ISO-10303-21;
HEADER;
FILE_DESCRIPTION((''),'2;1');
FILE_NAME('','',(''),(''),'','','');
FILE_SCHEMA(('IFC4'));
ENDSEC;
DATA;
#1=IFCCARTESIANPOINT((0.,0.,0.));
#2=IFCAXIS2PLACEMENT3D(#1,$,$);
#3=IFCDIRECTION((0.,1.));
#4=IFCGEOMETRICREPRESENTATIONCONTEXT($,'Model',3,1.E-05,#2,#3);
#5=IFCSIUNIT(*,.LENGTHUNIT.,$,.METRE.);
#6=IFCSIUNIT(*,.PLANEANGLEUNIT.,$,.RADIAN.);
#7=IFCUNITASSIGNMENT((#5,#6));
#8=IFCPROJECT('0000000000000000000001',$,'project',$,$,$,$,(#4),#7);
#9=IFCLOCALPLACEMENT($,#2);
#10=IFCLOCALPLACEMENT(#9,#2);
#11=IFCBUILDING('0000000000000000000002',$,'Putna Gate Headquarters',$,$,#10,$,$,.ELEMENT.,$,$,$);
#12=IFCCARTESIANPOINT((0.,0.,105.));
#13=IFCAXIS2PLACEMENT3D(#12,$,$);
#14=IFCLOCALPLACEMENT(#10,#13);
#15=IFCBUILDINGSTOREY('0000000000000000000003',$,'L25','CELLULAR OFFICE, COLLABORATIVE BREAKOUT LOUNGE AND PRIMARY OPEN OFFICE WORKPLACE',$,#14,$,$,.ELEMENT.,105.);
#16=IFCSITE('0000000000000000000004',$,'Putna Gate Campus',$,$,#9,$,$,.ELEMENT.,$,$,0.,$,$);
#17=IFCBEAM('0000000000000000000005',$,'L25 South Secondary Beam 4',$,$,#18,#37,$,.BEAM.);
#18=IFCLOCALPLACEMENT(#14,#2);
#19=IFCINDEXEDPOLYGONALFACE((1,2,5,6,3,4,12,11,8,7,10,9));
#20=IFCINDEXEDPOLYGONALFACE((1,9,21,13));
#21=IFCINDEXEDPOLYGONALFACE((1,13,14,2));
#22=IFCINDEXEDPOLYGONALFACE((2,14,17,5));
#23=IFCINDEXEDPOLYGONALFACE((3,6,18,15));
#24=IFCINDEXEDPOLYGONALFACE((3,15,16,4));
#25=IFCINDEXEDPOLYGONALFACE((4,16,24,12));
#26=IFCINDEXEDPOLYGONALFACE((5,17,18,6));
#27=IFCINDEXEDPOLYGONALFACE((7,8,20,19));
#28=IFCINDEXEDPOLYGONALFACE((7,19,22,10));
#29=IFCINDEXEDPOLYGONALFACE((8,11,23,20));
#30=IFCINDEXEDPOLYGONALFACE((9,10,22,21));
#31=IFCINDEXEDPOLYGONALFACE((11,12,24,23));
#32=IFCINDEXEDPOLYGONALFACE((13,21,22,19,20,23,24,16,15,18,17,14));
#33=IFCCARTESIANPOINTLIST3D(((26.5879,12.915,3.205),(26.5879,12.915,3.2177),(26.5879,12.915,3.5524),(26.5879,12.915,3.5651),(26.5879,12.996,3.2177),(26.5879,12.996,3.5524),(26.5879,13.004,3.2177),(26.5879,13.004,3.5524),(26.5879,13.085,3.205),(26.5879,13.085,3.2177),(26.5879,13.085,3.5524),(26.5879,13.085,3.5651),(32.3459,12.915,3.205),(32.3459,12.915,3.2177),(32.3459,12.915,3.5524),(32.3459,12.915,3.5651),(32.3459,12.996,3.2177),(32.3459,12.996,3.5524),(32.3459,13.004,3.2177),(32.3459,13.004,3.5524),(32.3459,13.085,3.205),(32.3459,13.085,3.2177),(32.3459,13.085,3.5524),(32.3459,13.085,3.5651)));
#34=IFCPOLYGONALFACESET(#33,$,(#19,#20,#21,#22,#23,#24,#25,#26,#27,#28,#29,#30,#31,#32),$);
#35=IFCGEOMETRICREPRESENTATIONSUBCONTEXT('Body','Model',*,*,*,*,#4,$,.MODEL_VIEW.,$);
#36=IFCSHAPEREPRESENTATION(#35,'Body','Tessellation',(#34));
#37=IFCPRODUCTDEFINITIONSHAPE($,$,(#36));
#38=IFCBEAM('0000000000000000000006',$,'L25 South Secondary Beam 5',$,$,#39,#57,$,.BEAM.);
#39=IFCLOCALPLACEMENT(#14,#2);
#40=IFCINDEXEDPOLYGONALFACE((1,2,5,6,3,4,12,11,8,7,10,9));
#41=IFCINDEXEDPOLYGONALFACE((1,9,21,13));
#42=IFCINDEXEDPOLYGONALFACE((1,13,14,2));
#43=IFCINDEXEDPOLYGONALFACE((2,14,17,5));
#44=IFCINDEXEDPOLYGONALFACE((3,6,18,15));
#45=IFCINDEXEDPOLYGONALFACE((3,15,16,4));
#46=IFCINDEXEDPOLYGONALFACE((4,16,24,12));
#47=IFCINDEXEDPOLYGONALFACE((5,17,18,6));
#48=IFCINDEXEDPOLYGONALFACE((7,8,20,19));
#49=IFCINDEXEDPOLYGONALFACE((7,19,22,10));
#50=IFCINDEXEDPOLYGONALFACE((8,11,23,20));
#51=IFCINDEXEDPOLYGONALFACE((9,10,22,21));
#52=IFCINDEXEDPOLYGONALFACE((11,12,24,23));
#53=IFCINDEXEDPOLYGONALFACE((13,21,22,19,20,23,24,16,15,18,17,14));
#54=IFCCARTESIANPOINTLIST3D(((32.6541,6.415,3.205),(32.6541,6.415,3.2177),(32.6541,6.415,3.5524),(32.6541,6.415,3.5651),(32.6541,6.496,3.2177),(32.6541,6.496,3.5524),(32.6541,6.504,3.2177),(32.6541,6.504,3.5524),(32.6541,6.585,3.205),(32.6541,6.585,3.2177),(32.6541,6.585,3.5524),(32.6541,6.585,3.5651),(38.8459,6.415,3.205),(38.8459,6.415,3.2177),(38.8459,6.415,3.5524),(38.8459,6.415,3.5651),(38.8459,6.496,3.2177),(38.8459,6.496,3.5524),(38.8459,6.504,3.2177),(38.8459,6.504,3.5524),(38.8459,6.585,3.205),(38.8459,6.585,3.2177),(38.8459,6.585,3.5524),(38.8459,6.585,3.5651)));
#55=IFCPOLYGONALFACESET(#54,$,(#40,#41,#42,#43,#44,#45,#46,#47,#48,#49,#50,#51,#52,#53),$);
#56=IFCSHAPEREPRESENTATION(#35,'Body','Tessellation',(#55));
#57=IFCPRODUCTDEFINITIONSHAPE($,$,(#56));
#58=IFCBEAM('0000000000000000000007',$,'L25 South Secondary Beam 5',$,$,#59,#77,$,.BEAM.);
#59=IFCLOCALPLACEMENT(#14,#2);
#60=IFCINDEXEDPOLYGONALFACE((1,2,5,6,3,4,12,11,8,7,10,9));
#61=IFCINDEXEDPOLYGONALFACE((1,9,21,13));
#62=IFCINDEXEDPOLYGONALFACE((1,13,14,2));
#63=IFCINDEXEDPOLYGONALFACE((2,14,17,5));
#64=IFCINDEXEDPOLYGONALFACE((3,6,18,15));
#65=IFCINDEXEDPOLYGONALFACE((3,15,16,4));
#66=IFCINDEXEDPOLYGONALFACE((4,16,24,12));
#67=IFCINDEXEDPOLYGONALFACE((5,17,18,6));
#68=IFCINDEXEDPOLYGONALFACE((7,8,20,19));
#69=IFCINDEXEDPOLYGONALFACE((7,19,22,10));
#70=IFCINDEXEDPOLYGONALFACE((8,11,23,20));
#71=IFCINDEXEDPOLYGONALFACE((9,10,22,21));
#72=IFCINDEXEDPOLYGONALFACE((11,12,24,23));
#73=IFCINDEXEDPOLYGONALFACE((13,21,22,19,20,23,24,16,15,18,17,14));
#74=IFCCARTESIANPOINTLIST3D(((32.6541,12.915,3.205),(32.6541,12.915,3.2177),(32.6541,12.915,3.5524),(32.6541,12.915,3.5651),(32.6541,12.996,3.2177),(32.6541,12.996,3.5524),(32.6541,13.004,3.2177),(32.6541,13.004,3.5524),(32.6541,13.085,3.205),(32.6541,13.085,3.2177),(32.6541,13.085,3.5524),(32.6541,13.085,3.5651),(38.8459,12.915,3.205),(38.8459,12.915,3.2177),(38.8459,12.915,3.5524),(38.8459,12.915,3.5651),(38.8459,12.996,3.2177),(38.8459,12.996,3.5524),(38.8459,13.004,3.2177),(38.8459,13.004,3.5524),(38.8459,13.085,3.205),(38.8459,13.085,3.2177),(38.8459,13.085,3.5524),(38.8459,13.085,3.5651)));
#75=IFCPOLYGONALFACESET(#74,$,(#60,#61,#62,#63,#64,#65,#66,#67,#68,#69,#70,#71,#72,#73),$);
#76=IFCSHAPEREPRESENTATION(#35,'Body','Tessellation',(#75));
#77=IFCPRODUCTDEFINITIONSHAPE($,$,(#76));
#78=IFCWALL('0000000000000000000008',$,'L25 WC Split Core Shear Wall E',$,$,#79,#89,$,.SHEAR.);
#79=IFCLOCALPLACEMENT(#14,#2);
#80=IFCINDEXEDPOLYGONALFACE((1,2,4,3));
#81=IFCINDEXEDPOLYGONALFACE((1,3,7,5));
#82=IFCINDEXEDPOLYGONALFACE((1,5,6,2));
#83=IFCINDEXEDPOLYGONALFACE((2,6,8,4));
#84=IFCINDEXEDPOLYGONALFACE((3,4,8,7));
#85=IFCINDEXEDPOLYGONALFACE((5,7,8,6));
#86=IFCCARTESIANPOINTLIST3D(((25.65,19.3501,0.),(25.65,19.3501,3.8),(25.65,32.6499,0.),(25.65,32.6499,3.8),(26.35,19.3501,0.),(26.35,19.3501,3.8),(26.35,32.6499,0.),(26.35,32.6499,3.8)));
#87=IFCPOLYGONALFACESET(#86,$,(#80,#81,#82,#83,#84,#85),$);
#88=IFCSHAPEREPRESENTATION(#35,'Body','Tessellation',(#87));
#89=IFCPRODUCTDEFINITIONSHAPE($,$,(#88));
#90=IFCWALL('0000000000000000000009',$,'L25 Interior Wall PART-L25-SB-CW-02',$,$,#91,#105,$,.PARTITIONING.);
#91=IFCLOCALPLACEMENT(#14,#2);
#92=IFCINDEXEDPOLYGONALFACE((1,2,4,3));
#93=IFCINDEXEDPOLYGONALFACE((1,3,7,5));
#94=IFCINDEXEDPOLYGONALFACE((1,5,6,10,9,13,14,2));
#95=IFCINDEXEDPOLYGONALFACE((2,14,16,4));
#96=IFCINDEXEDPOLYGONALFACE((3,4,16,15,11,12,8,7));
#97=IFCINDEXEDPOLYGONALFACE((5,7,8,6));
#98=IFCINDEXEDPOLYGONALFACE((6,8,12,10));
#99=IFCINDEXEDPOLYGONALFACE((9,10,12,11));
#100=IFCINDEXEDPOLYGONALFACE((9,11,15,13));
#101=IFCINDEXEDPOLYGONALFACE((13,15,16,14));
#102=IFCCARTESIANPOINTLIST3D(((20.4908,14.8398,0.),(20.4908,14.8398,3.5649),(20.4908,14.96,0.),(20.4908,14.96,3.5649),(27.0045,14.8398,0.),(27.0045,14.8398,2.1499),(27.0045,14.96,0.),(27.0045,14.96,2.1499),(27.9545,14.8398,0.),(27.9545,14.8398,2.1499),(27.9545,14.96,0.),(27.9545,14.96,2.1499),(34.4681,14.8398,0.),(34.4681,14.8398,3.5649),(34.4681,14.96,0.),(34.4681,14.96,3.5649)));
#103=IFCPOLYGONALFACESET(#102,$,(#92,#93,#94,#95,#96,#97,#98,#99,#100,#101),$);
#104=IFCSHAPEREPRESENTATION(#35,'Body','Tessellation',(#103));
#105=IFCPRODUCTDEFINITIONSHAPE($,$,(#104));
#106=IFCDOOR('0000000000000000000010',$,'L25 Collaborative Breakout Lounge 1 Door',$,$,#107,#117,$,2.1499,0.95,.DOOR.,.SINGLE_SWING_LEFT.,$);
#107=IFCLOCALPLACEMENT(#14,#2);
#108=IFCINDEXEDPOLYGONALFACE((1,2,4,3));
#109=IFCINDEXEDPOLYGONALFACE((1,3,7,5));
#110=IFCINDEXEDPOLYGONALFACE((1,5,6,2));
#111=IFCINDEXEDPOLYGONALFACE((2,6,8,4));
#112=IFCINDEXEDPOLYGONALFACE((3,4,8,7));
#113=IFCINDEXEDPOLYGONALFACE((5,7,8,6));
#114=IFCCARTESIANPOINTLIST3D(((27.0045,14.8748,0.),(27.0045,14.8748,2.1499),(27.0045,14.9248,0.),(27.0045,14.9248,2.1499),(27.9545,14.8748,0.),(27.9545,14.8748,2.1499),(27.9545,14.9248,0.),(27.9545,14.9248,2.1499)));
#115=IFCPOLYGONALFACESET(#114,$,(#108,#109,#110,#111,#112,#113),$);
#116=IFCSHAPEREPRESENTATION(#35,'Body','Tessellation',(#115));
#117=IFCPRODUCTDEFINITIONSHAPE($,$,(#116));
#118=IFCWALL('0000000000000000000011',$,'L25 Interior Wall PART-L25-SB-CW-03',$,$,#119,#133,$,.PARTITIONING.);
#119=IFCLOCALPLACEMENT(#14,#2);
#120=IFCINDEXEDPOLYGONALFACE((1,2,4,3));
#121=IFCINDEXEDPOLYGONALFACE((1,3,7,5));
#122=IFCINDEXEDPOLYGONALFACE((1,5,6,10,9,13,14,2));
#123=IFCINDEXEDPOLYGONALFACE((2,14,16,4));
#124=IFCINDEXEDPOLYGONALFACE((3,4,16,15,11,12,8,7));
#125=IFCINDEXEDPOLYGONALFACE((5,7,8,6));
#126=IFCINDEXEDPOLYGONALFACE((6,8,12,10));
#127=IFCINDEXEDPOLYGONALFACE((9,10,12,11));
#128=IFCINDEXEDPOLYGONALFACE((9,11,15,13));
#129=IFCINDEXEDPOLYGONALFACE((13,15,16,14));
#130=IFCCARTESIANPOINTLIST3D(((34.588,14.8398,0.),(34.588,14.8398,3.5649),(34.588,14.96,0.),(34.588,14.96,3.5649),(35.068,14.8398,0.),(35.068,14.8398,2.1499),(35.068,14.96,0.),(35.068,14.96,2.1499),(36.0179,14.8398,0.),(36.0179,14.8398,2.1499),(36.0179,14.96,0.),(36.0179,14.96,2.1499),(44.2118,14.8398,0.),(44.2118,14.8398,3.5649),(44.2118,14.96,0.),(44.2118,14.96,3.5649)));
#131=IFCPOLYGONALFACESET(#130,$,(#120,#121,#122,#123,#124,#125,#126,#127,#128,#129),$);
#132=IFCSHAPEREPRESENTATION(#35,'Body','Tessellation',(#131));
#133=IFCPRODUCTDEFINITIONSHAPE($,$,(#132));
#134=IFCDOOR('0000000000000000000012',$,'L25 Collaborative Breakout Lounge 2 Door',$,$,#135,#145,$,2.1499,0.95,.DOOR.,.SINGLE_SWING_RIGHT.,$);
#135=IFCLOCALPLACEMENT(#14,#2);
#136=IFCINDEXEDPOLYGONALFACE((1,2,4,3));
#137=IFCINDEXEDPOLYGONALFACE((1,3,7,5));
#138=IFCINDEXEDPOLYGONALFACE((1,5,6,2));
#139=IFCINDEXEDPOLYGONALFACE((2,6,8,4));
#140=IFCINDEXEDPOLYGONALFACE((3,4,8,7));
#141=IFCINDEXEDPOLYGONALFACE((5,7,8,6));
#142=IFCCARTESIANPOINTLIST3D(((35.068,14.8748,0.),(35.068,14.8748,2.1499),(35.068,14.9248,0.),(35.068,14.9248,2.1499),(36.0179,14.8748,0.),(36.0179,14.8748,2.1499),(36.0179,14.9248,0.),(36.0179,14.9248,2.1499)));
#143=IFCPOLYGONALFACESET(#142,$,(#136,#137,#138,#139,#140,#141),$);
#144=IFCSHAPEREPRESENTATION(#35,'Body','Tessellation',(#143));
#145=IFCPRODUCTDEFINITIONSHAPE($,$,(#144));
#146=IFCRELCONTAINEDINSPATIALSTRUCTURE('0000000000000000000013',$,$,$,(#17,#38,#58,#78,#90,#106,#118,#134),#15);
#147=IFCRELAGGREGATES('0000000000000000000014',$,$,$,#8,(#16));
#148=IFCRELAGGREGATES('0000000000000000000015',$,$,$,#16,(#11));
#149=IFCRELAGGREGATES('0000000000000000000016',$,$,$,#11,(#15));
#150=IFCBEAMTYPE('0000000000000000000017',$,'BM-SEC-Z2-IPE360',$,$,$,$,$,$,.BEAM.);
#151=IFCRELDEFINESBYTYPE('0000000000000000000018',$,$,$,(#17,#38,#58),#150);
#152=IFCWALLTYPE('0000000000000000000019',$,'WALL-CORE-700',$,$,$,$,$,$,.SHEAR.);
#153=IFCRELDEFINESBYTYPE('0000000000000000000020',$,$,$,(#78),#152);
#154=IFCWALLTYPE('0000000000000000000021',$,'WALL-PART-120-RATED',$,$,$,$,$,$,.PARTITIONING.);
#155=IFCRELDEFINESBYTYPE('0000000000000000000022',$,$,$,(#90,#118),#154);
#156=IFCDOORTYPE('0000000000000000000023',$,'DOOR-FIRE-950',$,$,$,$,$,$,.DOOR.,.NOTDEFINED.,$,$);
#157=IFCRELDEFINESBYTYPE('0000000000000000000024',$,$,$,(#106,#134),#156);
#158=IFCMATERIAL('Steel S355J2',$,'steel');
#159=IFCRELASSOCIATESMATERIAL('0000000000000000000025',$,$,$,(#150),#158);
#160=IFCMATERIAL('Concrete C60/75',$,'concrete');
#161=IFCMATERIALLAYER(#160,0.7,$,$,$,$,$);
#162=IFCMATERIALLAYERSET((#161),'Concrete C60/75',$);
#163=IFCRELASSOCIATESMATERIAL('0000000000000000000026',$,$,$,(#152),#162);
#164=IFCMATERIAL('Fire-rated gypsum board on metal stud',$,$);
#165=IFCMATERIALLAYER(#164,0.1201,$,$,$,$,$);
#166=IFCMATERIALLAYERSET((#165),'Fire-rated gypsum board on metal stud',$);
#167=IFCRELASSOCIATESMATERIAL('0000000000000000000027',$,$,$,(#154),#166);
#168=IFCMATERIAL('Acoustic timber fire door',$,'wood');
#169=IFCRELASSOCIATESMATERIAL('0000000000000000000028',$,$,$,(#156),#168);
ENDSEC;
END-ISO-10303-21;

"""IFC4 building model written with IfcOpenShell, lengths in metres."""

from ifc_helpers import new_model, si_unit, direction, frame, frame_2d, origin, origin_2d, place, context, subcontext, project, spatial, rectangle, i_section, extrude, material, layer, layer_set, material_profile, profile_set, type_object, element, fill, save


model = new_model("IFC4")

# Units and contexts
model_context = context("Model", 3, precision=1e-05, world=origin(), true_north=direction((0.0, 1.0)))
body_context = subcontext(model_context, "Body", "Model", "MODEL_VIEW")
ifc_project = project(units=[si_unit("LENGTHUNIT", "METRE"), si_unit("PLANEANGLEUNIT", "RADIAN")], contexts=[model_context])

# Site, building, storey
site_placement = place(None, origin())
site = spatial("IfcSite", under=ifc_project, at=site_placement, Name="Putna Gate Campus", CompositionType="ELEMENT", RefElevation=0.0)
building_placement = place(site_placement, origin())
building = spatial("IfcBuilding", under=site, at=building_placement, Name="Putna Gate Headquarters", CompositionType="ELEMENT")
storey_placement = place(building_placement, frame((0.0, 0.0, 105.0)))
storey = spatial("IfcBuildingStorey", under=building, at=storey_placement, Name="L25", Description="CELLULAR OFFICE, COLLABORATIVE BREAKOUT LOUNGE AND PRIMARY OPEN OFFICE WORKPLACE", CompositionType="ELEMENT", Elevation=105.0)

# Shared definitions
ifc_material_1 = material(Name="Concrete C60/75", Category="concrete")

# Beams
ifc_material_2 = material(Name="Steel S355J2", Category="steel")
ifc_material_profile_1 = material_profile(ifc_material_2, i_section(OverallWidth=0.1699, OverallDepth=0.3601, WebThickness=0.0081, FlangeThickness=0.0127, at=origin_2d()), Name="Steel S355J2")
ifc_profile_set_1 = profile_set([ifc_material_profile_1], Name="Steel S355J2")
beam_type_1 = type_object("IfcBeamType", Name="BM-SEC-Z2-IPE360", PredefinedType="BEAM", material=ifc_profile_set_1)
beam_1_placement = place(storey_placement, frame((26.5879, 13.0, 3.385), z_axis=(1.0, 0.0, 0.0), x_axis=(0.0, 1.0, 0.0)))
element("IfcBeam", 1, at=beam_1_placement, inside=storey, type_object=beam_type_1, Name="L25 South Secondary Beam 4", PredefinedType="BEAM", context=body_context, shape_type="SweptSolid", body=[
    extrude(i_section(OverallWidth=0.1699, OverallDepth=0.3601, WebThickness=0.0081, FlangeThickness=0.0127, at=origin_2d()), origin(), (0.0, 0.0, 1.0), 5.7581),
])
for number, where, z_axis, x_axis, name in (
    (2, (32.6541, 6.5, 3.385), (1.0, 0.0, 0.0), (0.0, 1.0, 0.0), "L25 South Secondary Beam 5"),
    (3, (32.6541, 13.0, 3.385), (1.0, 0.0, 0.0), (0.0, 1.0, 0.0), "L25 South Secondary Beam 5"),
):
    element("IfcBeam", number, at=place(storey_placement, frame(where, z_axis=z_axis, x_axis=x_axis)), inside=storey, type_object=beam_type_1, Name=name, PredefinedType="BEAM", context=body_context, shape_type="SweptSolid", body=[
        extrude(i_section(OverallWidth=0.1699, OverallDepth=0.3601, WebThickness=0.0081, FlangeThickness=0.0127, at=origin_2d()), origin(), (0.0, 0.0, 1.0), 6.1919),
    ])

# Wall
ifc_layer_1 = layer(ifc_material_1, 0.7)
ifc_layer_set_1 = layer_set([ifc_layer_1], Name="Concrete C60/75")
wall_type_1 = type_object("IfcWallType", Name="WALL-CORE-700", PredefinedType="SHEAR", material=ifc_layer_set_1)
wall_1_placement = place(storey_placement, frame((26.0, 19.3501, 0.0), z_axis=(0.0, 0.0, 1.0), x_axis=(0.0, 1.0, 0.0)))
element("IfcWall", 4, at=wall_1_placement, inside=storey, type_object=wall_type_1, Name="L25 WC Split Core Shear Wall E", PredefinedType="SHEAR", context=body_context, shape_type="SweptSolid", body=[
    extrude(rectangle(XDim=13.2998, YDim=0.7, at=frame_2d((6.6499, 0.0))), origin(), (0.0, 0.0, 1.0), 3.8),
])

# Walls, openings, doors
ifc_material_3 = material(Name="Fire-rated gypsum board on metal stud")
ifc_layer_2 = layer(ifc_material_3, 0.1201)
ifc_layer_set_2 = layer_set([ifc_layer_2], Name="Fire-rated gypsum board on metal stud")
wall_type_2 = type_object("IfcWallType", Name="WALL-PART-120-RATED", PredefinedType="PARTITIONING", material=ifc_layer_set_2)
wall_2_placement = place(storey_placement, frame((20.4907, 14.8999, 0.0), z_axis=(0.0, 0.0, 1.0), x_axis=(1.0, 0.0, 0.0)))
wall_2 = element("IfcWall", 5, at=wall_2_placement, inside=storey, type_object=wall_type_2, Name="L25 Interior Wall PART-L25-SB-CW-02", PredefinedType="PARTITIONING", context=body_context, shape_type="SweptSolid", body=[
    extrude(rectangle(XDim=13.9773, YDim=0.1201, at=frame_2d((6.9888, 0.0))), origin(), (0.0, 0.0, 1.0), 3.5649),
])
opening_1_placement = place(wall_2_placement, frame((6.5137, 0.0, 0.0)))
opening_1 = element("IfcOpeningElement", 6, at=opening_1_placement, cuts=wall_2, PredefinedType="OPENING", context=body_context, shape_type="SweptSolid", body=[
    extrude(rectangle(XDim=0.95, YDim=2.1499, at=frame_2d((0.4751, 1.075))), frame((0.0, 0.0701, 0.0), z_axis=(0.0, -1.0, 0.0), x_axis=(1.0, 0.0, 0.0)), (0.0, 0.0, 1.0), 0.1401),
])
ifc_material_4 = material(Name="Acoustic timber fire door", Category="wood")
door_type_1 = type_object("IfcDoorType", Name="DOOR-FIRE-950", OperationType="NOTDEFINED", PredefinedType="DOOR", material=ifc_material_4)
door_1_placement = place(opening_1_placement, origin())
door_1 = element("IfcDoor", 7, at=door_1_placement, inside=storey, type_object=door_type_1, Name="L25 Collaborative Breakout Lounge 1 Door", OperationType="SINGLE_SWING_LEFT", OverallHeight=2.1499, OverallWidth=0.95, PredefinedType="DOOR", context=body_context, shape_type="SweptSolid", body=[
    extrude(rectangle(XDim=0.95, YDim=2.1499, at=frame_2d((0.4751, 1.075))), frame((0.0, 0.0249, 0.0), z_axis=(0.0, -1.0, 0.0), x_axis=(1.0, 0.0, 0.0)), (0.0, 0.0, 1.0), 0.05),
])
fill(opening_1, door_1)
wall_3_placement = place(storey_placement, frame((34.5879, 14.8999, 0.0), z_axis=(0.0, 0.0, 1.0), x_axis=(1.0, 0.0, 0.0)))
wall_3 = element("IfcWall", 8, at=wall_3_placement, inside=storey, type_object=wall_type_2, Name="L25 Interior Wall PART-L25-SB-CW-03", PredefinedType="PARTITIONING", context=body_context, shape_type="SweptSolid", body=[
    extrude(rectangle(XDim=9.6238, YDim=0.1201, at=frame_2d((4.812, 0.0))), origin(), (0.0, 0.0, 1.0), 3.5649),
])
opening_2_placement = place(wall_3_placement, frame((0.48, 0.0, 0.0)))
opening_2 = element("IfcOpeningElement", 9, at=opening_2_placement, cuts=wall_3, PredefinedType="OPENING", context=body_context, shape_type="SweptSolid", body=[
    extrude(rectangle(XDim=0.95, YDim=2.1499, at=frame_2d((0.4751, 1.075))), frame((0.0, 0.0701, 0.0), z_axis=(0.0, -1.0, 0.0), x_axis=(1.0, 0.0, 0.0)), (0.0, 0.0, 1.0), 0.1401),
])
door_2_placement = place(opening_2_placement, origin())
door_2 = element("IfcDoor", 10, at=door_2_placement, inside=storey, type_object=door_type_1, Name="L25 Collaborative Breakout Lounge 2 Door", OperationType="SINGLE_SWING_RIGHT", OverallHeight=2.1499, OverallWidth=0.95, PredefinedType="DOOR", context=body_context, shape_type="SweptSolid", body=[
    extrude(rectangle(XDim=0.95, YDim=2.1499, at=frame_2d((0.4751, 1.075))), frame((0.0, 0.0249, 0.0), z_axis=(0.0, -1.0, 0.0), x_axis=(1.0, 0.0, 0.0)), (0.0, 0.0, 1.0), 0.05),
])
fill(opening_2, door_2)

save(model, "model.ifc")
